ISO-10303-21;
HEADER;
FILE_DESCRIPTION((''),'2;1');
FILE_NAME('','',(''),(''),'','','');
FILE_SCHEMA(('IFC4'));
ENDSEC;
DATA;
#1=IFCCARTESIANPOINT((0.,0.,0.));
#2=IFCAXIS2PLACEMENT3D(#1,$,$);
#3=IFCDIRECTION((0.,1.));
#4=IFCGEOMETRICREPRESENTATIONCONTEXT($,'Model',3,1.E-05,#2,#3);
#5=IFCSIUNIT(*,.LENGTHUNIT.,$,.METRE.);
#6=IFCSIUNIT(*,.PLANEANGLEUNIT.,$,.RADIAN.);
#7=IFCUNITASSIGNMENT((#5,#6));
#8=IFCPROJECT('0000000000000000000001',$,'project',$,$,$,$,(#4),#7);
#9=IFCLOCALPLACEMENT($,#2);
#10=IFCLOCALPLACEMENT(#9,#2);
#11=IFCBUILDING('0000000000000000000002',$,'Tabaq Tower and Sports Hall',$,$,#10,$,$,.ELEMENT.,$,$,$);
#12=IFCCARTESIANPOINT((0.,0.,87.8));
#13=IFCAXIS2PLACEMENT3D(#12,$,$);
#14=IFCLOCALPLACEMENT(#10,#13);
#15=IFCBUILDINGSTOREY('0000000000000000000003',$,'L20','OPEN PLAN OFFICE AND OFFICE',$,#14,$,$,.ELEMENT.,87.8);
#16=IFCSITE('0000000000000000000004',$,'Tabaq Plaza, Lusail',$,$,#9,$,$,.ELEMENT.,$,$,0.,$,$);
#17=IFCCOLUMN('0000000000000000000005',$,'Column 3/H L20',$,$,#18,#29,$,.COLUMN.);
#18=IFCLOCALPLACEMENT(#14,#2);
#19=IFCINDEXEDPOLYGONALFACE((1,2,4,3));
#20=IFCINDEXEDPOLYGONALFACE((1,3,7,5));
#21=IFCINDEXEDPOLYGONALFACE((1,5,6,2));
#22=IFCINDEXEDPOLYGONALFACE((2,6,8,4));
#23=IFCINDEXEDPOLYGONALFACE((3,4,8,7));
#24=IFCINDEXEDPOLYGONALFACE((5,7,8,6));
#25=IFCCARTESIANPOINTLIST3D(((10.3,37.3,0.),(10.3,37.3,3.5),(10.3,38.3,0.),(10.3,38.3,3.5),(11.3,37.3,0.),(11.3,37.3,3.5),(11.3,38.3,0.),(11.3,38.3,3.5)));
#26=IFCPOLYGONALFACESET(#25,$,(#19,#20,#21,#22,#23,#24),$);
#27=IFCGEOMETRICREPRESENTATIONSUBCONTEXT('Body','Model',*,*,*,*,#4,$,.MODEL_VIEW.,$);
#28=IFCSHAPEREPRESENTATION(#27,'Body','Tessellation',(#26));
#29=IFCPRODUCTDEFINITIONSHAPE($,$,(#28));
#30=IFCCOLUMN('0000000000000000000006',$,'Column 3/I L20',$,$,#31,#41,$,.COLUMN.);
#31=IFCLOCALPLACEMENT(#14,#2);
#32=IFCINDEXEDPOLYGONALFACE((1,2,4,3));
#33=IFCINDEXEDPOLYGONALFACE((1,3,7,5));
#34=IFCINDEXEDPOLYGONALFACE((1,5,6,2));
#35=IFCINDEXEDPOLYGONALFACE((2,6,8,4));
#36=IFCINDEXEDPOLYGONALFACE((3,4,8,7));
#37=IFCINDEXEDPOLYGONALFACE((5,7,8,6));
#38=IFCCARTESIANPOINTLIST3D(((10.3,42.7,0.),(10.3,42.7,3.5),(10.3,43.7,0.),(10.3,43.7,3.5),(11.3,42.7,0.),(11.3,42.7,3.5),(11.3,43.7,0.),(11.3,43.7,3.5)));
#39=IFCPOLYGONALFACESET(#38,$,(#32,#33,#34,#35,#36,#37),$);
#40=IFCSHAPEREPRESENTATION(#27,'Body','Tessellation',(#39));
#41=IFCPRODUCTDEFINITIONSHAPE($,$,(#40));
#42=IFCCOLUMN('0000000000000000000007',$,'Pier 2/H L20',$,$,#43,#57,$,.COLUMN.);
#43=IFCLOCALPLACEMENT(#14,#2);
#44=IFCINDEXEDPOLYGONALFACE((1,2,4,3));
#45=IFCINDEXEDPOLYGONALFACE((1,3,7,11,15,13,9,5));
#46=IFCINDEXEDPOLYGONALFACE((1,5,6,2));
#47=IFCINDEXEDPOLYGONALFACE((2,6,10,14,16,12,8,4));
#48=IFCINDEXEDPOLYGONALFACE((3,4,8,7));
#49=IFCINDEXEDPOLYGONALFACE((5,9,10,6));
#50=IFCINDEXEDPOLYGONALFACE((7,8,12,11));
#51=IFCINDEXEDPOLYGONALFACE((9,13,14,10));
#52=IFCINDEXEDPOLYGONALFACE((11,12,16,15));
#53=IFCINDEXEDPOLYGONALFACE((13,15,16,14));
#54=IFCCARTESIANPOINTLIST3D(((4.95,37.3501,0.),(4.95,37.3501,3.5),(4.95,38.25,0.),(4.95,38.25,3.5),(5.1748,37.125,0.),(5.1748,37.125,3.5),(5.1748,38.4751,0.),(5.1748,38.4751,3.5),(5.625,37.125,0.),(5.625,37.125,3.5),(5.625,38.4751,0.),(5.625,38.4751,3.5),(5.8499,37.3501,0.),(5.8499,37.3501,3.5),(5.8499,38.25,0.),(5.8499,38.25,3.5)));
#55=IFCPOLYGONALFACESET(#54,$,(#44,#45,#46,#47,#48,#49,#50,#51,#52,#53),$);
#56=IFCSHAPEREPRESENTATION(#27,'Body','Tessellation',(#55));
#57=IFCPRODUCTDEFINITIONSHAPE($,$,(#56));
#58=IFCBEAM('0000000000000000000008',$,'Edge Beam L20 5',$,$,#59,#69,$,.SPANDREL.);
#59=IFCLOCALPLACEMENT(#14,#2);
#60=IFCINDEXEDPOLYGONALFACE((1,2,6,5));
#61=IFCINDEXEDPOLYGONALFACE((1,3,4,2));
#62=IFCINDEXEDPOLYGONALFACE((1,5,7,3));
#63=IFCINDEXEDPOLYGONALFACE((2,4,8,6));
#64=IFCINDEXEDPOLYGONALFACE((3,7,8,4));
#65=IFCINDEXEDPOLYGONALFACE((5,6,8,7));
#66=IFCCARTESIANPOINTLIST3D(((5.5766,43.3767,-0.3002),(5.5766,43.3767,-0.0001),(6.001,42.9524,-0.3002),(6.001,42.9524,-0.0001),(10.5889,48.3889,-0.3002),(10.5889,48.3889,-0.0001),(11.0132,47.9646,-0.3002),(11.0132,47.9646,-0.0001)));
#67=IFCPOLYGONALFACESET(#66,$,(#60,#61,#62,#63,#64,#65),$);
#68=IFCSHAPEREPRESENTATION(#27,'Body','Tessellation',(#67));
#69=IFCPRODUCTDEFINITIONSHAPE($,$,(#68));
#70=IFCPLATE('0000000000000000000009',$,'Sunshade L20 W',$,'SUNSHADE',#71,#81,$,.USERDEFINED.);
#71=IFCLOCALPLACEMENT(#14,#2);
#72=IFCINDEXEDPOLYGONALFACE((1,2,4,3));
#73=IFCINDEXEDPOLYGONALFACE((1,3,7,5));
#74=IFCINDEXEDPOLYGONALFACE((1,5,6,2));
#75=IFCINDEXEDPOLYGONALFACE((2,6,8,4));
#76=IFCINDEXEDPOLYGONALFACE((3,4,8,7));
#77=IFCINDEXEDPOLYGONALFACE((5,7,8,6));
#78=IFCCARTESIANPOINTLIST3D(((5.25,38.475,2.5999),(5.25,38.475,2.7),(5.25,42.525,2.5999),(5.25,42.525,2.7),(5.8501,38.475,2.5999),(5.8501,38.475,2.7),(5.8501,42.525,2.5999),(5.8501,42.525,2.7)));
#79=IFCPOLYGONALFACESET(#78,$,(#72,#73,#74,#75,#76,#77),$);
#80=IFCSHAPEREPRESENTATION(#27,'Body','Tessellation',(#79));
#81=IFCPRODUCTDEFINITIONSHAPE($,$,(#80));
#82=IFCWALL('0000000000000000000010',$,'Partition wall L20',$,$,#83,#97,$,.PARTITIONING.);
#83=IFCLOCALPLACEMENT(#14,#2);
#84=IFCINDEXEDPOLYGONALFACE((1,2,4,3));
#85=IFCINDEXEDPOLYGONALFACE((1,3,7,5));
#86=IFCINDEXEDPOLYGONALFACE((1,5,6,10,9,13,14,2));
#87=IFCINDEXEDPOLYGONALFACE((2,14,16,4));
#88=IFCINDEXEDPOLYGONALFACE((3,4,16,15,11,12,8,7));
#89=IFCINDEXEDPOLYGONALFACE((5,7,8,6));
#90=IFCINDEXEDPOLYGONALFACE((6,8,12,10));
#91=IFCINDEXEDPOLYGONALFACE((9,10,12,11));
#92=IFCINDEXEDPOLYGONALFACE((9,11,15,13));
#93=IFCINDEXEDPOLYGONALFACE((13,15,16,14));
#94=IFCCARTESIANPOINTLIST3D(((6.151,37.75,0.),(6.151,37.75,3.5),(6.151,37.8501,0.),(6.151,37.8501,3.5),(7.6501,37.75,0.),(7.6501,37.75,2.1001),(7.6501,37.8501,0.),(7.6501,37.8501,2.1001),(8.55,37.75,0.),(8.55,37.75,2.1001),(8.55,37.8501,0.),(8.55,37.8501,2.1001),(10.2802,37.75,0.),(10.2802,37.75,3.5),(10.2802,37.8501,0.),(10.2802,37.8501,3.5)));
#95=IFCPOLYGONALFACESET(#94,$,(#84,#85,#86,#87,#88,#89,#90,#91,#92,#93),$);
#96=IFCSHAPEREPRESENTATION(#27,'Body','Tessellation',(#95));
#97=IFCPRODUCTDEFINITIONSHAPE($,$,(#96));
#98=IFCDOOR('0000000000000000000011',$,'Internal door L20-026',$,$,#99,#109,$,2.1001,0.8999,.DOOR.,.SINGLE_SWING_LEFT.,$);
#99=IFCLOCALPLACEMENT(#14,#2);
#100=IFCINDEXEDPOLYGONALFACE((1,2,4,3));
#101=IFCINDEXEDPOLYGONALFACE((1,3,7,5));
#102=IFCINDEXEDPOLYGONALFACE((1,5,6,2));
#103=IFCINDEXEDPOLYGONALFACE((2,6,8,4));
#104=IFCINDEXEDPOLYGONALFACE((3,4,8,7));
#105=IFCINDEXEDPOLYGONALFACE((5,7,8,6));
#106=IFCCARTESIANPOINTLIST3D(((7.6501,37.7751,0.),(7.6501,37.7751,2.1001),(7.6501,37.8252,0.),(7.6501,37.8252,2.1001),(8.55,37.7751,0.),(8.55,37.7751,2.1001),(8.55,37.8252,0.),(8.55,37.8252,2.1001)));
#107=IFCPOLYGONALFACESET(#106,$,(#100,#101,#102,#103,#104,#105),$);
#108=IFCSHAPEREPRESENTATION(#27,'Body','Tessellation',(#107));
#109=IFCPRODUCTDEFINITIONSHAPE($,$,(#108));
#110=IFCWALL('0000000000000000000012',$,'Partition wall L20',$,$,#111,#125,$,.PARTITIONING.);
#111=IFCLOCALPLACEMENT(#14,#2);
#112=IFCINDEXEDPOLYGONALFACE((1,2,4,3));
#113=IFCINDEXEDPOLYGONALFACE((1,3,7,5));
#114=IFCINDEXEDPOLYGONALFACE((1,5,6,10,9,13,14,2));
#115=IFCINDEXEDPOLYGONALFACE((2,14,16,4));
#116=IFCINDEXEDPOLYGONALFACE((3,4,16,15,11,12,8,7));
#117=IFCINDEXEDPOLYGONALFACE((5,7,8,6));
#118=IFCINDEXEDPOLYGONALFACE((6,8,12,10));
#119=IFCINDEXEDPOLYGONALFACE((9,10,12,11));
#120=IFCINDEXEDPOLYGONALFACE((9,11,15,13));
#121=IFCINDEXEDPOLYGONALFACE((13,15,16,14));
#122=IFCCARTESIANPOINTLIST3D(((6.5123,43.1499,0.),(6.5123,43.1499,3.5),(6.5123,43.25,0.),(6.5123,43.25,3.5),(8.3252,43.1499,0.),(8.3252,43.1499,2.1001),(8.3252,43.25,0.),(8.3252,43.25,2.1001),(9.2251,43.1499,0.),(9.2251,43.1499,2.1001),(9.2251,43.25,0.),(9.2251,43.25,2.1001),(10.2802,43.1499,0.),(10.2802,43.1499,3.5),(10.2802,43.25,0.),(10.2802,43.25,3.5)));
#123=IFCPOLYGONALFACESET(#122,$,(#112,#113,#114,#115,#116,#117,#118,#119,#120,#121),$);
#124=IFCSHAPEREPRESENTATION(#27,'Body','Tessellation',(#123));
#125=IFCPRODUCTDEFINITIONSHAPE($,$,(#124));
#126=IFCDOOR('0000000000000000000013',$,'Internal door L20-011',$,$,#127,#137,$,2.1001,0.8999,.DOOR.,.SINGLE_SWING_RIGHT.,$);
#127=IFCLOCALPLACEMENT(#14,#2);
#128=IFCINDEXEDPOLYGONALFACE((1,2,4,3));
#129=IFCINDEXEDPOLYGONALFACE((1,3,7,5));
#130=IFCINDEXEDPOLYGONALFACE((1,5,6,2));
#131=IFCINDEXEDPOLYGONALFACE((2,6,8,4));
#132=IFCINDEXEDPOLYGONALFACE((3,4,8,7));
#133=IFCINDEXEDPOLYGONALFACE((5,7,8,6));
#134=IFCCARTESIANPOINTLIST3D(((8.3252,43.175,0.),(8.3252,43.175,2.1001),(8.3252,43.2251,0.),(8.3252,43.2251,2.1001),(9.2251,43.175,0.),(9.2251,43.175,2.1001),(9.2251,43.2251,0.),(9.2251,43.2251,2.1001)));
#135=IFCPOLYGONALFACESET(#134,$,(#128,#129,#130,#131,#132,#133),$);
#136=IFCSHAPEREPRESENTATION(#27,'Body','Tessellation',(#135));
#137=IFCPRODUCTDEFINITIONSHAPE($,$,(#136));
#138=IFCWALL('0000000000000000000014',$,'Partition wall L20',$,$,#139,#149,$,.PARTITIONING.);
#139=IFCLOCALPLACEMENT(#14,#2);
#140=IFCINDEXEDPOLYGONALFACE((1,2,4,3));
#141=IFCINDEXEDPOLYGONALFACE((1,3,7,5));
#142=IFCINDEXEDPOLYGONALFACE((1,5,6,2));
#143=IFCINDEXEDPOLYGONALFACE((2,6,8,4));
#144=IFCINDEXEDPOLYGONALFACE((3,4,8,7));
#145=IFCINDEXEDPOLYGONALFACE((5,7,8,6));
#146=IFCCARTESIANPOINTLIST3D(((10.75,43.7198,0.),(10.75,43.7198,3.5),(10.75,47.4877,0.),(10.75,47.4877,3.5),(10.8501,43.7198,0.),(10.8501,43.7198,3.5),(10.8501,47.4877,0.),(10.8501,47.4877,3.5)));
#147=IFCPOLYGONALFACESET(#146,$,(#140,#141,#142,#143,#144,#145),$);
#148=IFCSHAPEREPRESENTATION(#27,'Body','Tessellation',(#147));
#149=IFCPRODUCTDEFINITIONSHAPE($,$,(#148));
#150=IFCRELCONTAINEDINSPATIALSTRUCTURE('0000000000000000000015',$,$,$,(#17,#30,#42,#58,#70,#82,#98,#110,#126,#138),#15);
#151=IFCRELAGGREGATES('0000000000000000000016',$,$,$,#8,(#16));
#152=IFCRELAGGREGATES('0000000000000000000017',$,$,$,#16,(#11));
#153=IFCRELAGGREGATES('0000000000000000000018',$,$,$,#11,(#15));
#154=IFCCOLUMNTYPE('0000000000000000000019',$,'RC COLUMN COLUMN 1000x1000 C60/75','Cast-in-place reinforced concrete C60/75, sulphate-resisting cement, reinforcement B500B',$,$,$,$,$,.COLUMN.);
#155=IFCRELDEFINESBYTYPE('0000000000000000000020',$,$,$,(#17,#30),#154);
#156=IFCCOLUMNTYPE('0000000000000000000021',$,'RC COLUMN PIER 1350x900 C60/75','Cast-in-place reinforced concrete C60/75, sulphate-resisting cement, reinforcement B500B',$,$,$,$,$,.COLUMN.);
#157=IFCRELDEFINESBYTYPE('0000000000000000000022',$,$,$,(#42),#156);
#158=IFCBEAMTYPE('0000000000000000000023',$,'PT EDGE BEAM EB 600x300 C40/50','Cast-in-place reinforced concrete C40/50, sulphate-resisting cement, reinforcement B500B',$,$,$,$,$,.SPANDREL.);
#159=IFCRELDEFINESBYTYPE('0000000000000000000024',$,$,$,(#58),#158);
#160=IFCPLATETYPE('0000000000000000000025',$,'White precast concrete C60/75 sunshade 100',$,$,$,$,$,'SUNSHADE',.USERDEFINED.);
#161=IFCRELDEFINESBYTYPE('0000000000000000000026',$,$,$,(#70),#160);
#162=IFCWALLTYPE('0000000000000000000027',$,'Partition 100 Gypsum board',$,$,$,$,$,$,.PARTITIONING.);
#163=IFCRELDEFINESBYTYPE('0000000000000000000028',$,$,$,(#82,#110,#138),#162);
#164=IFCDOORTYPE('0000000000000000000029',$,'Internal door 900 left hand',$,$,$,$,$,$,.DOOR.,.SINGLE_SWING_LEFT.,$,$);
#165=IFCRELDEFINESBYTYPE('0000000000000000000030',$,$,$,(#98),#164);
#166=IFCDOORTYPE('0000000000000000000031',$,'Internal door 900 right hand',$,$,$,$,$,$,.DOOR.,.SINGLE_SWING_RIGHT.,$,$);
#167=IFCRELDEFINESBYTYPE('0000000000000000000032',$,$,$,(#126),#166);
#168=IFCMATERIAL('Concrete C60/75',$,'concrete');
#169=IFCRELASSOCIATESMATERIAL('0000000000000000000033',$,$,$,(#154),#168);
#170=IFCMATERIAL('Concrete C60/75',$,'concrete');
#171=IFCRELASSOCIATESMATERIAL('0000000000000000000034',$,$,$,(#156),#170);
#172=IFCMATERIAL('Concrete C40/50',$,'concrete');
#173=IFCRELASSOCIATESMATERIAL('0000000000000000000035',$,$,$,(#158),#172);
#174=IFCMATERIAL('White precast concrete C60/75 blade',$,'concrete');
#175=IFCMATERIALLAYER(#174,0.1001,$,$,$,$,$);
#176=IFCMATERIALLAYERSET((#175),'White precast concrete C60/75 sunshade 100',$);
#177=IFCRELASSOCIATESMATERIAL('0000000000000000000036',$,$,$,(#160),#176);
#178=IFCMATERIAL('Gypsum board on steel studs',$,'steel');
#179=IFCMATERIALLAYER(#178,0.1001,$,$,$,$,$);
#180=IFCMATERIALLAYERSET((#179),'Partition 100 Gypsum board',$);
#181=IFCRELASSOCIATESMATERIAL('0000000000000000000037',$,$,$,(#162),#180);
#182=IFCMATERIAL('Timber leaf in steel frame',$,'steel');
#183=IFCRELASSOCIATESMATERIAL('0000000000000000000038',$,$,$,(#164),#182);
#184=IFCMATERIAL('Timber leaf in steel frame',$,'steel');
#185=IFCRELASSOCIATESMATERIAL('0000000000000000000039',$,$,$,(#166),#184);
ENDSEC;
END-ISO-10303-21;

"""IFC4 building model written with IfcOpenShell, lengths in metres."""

from ifc_helpers import new_model, si_unit, direction, frame, frame_2d, origin, origin_2d, place, context, subcontext, project, spatial, polyline, rectangle, outline, extrude, material, layer, layer_set, material_profile, profile_set, type_object, element, fill, save


model = new_model("IFC4")

# Units and contexts
model_context = context("Model", 3, precision=1e-05, world=origin(), true_north=direction((0.0, 1.0)))
body_context = subcontext(model_context, "Body", "Model", "MODEL_VIEW")
ifc_project = project(units=[si_unit("LENGTHUNIT", "METRE"), si_unit("PLANEANGLEUNIT", "RADIAN")], contexts=[model_context])

# Site, building, storey
site_placement = place(None, origin())
site = spatial("IfcSite", under=ifc_project, at=site_placement, Name="Tabaq Plaza, Lusail", CompositionType="ELEMENT", RefElevation=0.0)
building_placement = place(site_placement, origin())
building = spatial("IfcBuilding", under=site, at=building_placement, Name="Tabaq Tower and Sports Hall", CompositionType="ELEMENT")
storey_placement = place(building_placement, frame((0.0, 0.0, 87.8)))
storey = spatial("IfcBuildingStorey", under=building, at=storey_placement, Name="L20", Description="OPEN PLAN OFFICE AND OFFICE", CompositionType="ELEMENT", Elevation=87.8)

# Columns
ifc_material_1 = material(Name="Concrete C60/75", Category="concrete")
ifc_material_profile_1 = material_profile(ifc_material_1, rectangle(XDim=1.0, YDim=1.0, at=origin_2d()), Name="COLUMN 1000x1000")
ifc_profile_set_1 = profile_set([ifc_material_profile_1], Name="Concrete C60/75")
column_type_1 = type_object("IfcColumnType", Name="RC COLUMN COLUMN 1000x1000 C60/75", Description="Cast-in-place reinforced concrete C60/75, sulphate-resisting cement, reinforcement B500B", PredefinedType="COLUMN", material=ifc_profile_set_1)
for number, where, z_axis, x_axis, name in (
    (1, (10.8, 37.8, 0.0), (0.0, 0.0, 1.0), (1.0, 0.0, 0.0), "Column 3/H L20"),
    (2, (10.8, 43.2, 0.0), (0.0, 0.0, 1.0), (1.0, 0.0, 0.0), "Column 3/I L20"),
):
    element("IfcColumn", number, at=place(storey_placement, frame(where, z_axis=z_axis, x_axis=x_axis)), inside=storey, type_object=column_type_1, Name=name, PredefinedType="COLUMN", context=body_context, shape_type="SweptSolid", body=[
        extrude(rectangle(XDim=1.0, YDim=1.0, at=origin_2d()), origin(), (0.0, 0.0, 1.0), 3.5),
    ])
ifc_material_2 = material(Name="Concrete C60/75", Category="concrete")
ifc_material_profile_2 = material_profile(ifc_material_2, outline(polyline([(-0.45, -0.45), (0.45, -0.45), (0.675, -0.2251), (0.675, 0.2251), (0.45, 0.45), (-0.45, 0.45), (-0.675, 0.2251), (-0.675, -0.2251), (-0.45, -0.45)])), Name="PIER 1350x900")
ifc_profile_set_2 = profile_set([ifc_material_profile_2], Name="Concrete C60/75")
column_type_2 = type_object("IfcColumnType", Name="RC COLUMN PIER 1350x900 C60/75", Description="Cast-in-place reinforced concrete C60/75, sulphate-resisting cement, reinforcement B500B", PredefinedType="COLUMN", material=ifc_profile_set_2)
column_placement = place(storey_placement, frame((5.3999, 37.8, 0.0), z_axis=(0.0, 0.0, 1.0), x_axis=(0.0, 1.0, 0.0)))
element("IfcColumn", 3, at=column_placement, inside=storey, type_object=column_type_2, Name="Pier 2/H L20", PredefinedType="COLUMN", context=body_context, shape_type="SweptSolid", body=[
    extrude(outline(polyline([(-0.45, -0.45), (0.45, -0.45), (0.675, -0.2251), (0.675, 0.2251), (0.45, 0.45), (-0.45, 0.45), (-0.675, 0.2251), (-0.675, -0.2251), (-0.45, -0.45)])), origin(), (0.0, 0.0, 1.0), 3.5),
])

# Beam
ifc_material_3 = material(Name="Concrete C40/50", Category="concrete")
ifc_material_profile_3 = material_profile(ifc_material_3, rectangle(XDim=0.6001, YDim=0.3, at=origin_2d()), Name="EB 600x300")
ifc_profile_set_3 = profile_set([ifc_material_profile_3], Name="Concrete C40/50")
beam_type = type_object("IfcBeamType", Name="PT EDGE BEAM EB 600x300 C40/50", Description="Cast-in-place reinforced concrete C40/50, sulphate-resisting cement, reinforcement B500B", PredefinedType="SPANDREL", material=ifc_profile_set_3)
beam_placement = place(storey_placement, frame((10.801, 48.1768, -0.1501), z_axis=(-0.707107, -0.707107, 0.0), x_axis=(0.707107, -0.707107, 0.0)))
element("IfcBeam", 4, at=beam_placement, inside=storey, type_object=beam_type, Name="Edge Beam L20 5", PredefinedType="SPANDREL", context=body_context, shape_type="SweptSolid", body=[
    extrude(rectangle(XDim=0.6001, YDim=0.3, at=origin_2d()), origin(), (0.0, 0.0, 1.0), 7.0884),
])

# Plate
ifc_material_4 = material(Name="White precast concrete C60/75 blade", Category="concrete")
ifc_layer_1 = layer(ifc_material_4, 0.1001)
ifc_layer_set_1 = layer_set([ifc_layer_1], Name="White precast concrete C60/75 sunshade 100")
plate_type = type_object("IfcPlateType", Name="White precast concrete C60/75 sunshade 100", ElementType="SUNSHADE", PredefinedType="USERDEFINED", material=ifc_layer_set_1)
plate_placement = place(storey_placement, frame((5.55, 40.5, 2.5999), z_axis=(0.0, 0.0, 1.0), x_axis=(0.0, -1.0, 0.0)))
element("IfcPlate", 5, at=plate_placement, inside=storey, type_object=plate_type, Name="Sunshade L20 W", ObjectType="SUNSHADE", PredefinedType="USERDEFINED", context=body_context, shape_type="SweptSolid", body=[
    extrude(rectangle(XDim=4.05, YDim=0.6001, at=origin_2d()), origin(), (0.0, 0.0, 1.0), 0.1001),
])

# Walls, openings, doors
ifc_material_5 = material(Name="Gypsum board on steel studs", Category="steel")
ifc_layer_2 = layer(ifc_material_5, 0.1001)
ifc_layer_set_2 = layer_set([ifc_layer_2], Name="Partition 100 Gypsum board")
wall_type_1 = type_object("IfcWallType", Name="Partition 100 Gypsum board", PredefinedType="PARTITIONING", material=ifc_layer_set_2)
wall_1_placement = place(storey_placement, frame((10.28, 37.8, 0.0), z_axis=(0.0, 0.0, 1.0), x_axis=(-1.0, 0.0, 0.0)))
wall_1 = element("IfcWall", 6, at=wall_1_placement, inside=storey, type_object=wall_type_1, Name="Partition wall L20", PredefinedType="PARTITIONING", context=body_context, shape_type="SweptSolid", body=[
    extrude(rectangle(XDim=4.1292, YDim=0.1001, at=frame_2d((2.0645, 0.0))), origin(), (0.0, 0.0, 1.0), 3.5),
])
opening_1_placement = place(wall_1_placement, frame((1.73, 0.0, 0.0)))
opening_1 = element("IfcOpeningElement", 7, at=opening_1_placement, cuts=wall_1, PredefinedType="OPENING", context=body_context, shape_type="SweptSolid", body=[
    extrude(rectangle(XDim=0.8999, YDim=2.1001, at=frame_2d((0.45, 1.05))), frame((0.0, 0.05, 0.0), z_axis=(0.0, -1.0, 0.0), x_axis=(1.0, 0.0, 0.0)), (0.0, 0.0, 1.0), 0.1001),
])
ifc_material_6 = material(Name="Timber leaf in steel frame", Category="steel")
door_type_1 = type_object("IfcDoorType", Name="Internal door 900 left hand", OperationType="SINGLE_SWING_LEFT", PredefinedType="DOOR", material=ifc_material_6)
door_1_placement = place(opening_1_placement, origin())
door_1 = element("IfcDoor", 8, at=door_1_placement, inside=storey, type_object=door_type_1, Name="Internal door L20-026", OperationType="SINGLE_SWING_LEFT", OverallHeight=2.1001, OverallWidth=0.8999, PredefinedType="DOOR", context=body_context, shape_type="SweptSolid", body=[
    extrude(rectangle(XDim=0.8999, YDim=2.1001, at=frame_2d((0.45, 1.05))), frame((0.0, 0.0249, 0.0), z_axis=(0.0, -1.0, 0.0), x_axis=(1.0, 0.0, 0.0)), (0.0, 0.0, 1.0), 0.05),
])
fill(opening_1, door_1)
wall_2_placement = place(storey_placement, frame((10.28, 43.2, 0.0), z_axis=(0.0, 0.0, 1.0), x_axis=(-1.0, 0.0, 0.0)))
wall_2 = element("IfcWall", 9, at=wall_2_placement, inside=storey, type_object=wall_type_1, Name="Partition wall L20", PredefinedType="PARTITIONING", context=body_context, shape_type="SweptSolid", body=[
    extrude(rectangle(XDim=3.7678, YDim=0.1001, at=frame_2d((1.8838, 0.0))), origin(), (0.0, 0.0, 1.0), 3.5),
])
opening_2_placement = place(wall_2_placement, frame((1.0549, 0.0, 0.0)))
opening_2 = element("IfcOpeningElement", 10, at=opening_2_placement, cuts=wall_2, PredefinedType="OPENING", context=body_context, shape_type="SweptSolid", body=[
    extrude(rectangle(XDim=0.8999, YDim=2.1001, at=frame_2d((0.45, 1.05))), frame((0.0, 0.05, 0.0), z_axis=(0.0, -1.0, 0.0), x_axis=(1.0, 0.0, 0.0)), (0.0, 0.0, 1.0), 0.1001),
])
ifc_material_7 = material(Name="Timber leaf in steel frame", Category="steel")
door_type_2 = type_object("IfcDoorType", Name="Internal door 900 right hand", OperationType="SINGLE_SWING_RIGHT", PredefinedType="DOOR", material=ifc_material_7)
door_2_placement = place(opening_2_placement, origin())
door_2 = element("IfcDoor", 11, at=door_2_placement, inside=storey, type_object=door_type_2, Name="Internal door L20-011", OperationType="SINGLE_SWING_RIGHT", OverallHeight=2.1001, OverallWidth=0.8999, PredefinedType="DOOR", context=body_context, shape_type="SweptSolid", body=[
    extrude(rectangle(XDim=0.8999, YDim=2.1001, at=frame_2d((0.45, 1.05))), frame((0.0, 0.0249, 0.0), z_axis=(0.0, -1.0, 0.0), x_axis=(1.0, 0.0, 0.0)), (0.0, 0.0, 1.0), 0.05),
])
fill(opening_2, door_2)

# Wall
wall_3_placement = place(storey_placement, frame((10.8, 43.72, 0.0), z_axis=(0.0, 0.0, 1.0), x_axis=(0.0, 1.0, 0.0)))
element("IfcWall", 12, at=wall_3_placement, inside=storey, type_object=wall_type_1, Name="Partition wall L20", PredefinedType="PARTITIONING", context=body_context, shape_type="SweptSolid", body=[
    extrude(rectangle(XDim=3.7678, YDim=0.1001, at=frame_2d((1.8838, 0.0))), origin(), (0.0, 0.0, 1.0), 3.5),
])

save(model, "model.ifc")
